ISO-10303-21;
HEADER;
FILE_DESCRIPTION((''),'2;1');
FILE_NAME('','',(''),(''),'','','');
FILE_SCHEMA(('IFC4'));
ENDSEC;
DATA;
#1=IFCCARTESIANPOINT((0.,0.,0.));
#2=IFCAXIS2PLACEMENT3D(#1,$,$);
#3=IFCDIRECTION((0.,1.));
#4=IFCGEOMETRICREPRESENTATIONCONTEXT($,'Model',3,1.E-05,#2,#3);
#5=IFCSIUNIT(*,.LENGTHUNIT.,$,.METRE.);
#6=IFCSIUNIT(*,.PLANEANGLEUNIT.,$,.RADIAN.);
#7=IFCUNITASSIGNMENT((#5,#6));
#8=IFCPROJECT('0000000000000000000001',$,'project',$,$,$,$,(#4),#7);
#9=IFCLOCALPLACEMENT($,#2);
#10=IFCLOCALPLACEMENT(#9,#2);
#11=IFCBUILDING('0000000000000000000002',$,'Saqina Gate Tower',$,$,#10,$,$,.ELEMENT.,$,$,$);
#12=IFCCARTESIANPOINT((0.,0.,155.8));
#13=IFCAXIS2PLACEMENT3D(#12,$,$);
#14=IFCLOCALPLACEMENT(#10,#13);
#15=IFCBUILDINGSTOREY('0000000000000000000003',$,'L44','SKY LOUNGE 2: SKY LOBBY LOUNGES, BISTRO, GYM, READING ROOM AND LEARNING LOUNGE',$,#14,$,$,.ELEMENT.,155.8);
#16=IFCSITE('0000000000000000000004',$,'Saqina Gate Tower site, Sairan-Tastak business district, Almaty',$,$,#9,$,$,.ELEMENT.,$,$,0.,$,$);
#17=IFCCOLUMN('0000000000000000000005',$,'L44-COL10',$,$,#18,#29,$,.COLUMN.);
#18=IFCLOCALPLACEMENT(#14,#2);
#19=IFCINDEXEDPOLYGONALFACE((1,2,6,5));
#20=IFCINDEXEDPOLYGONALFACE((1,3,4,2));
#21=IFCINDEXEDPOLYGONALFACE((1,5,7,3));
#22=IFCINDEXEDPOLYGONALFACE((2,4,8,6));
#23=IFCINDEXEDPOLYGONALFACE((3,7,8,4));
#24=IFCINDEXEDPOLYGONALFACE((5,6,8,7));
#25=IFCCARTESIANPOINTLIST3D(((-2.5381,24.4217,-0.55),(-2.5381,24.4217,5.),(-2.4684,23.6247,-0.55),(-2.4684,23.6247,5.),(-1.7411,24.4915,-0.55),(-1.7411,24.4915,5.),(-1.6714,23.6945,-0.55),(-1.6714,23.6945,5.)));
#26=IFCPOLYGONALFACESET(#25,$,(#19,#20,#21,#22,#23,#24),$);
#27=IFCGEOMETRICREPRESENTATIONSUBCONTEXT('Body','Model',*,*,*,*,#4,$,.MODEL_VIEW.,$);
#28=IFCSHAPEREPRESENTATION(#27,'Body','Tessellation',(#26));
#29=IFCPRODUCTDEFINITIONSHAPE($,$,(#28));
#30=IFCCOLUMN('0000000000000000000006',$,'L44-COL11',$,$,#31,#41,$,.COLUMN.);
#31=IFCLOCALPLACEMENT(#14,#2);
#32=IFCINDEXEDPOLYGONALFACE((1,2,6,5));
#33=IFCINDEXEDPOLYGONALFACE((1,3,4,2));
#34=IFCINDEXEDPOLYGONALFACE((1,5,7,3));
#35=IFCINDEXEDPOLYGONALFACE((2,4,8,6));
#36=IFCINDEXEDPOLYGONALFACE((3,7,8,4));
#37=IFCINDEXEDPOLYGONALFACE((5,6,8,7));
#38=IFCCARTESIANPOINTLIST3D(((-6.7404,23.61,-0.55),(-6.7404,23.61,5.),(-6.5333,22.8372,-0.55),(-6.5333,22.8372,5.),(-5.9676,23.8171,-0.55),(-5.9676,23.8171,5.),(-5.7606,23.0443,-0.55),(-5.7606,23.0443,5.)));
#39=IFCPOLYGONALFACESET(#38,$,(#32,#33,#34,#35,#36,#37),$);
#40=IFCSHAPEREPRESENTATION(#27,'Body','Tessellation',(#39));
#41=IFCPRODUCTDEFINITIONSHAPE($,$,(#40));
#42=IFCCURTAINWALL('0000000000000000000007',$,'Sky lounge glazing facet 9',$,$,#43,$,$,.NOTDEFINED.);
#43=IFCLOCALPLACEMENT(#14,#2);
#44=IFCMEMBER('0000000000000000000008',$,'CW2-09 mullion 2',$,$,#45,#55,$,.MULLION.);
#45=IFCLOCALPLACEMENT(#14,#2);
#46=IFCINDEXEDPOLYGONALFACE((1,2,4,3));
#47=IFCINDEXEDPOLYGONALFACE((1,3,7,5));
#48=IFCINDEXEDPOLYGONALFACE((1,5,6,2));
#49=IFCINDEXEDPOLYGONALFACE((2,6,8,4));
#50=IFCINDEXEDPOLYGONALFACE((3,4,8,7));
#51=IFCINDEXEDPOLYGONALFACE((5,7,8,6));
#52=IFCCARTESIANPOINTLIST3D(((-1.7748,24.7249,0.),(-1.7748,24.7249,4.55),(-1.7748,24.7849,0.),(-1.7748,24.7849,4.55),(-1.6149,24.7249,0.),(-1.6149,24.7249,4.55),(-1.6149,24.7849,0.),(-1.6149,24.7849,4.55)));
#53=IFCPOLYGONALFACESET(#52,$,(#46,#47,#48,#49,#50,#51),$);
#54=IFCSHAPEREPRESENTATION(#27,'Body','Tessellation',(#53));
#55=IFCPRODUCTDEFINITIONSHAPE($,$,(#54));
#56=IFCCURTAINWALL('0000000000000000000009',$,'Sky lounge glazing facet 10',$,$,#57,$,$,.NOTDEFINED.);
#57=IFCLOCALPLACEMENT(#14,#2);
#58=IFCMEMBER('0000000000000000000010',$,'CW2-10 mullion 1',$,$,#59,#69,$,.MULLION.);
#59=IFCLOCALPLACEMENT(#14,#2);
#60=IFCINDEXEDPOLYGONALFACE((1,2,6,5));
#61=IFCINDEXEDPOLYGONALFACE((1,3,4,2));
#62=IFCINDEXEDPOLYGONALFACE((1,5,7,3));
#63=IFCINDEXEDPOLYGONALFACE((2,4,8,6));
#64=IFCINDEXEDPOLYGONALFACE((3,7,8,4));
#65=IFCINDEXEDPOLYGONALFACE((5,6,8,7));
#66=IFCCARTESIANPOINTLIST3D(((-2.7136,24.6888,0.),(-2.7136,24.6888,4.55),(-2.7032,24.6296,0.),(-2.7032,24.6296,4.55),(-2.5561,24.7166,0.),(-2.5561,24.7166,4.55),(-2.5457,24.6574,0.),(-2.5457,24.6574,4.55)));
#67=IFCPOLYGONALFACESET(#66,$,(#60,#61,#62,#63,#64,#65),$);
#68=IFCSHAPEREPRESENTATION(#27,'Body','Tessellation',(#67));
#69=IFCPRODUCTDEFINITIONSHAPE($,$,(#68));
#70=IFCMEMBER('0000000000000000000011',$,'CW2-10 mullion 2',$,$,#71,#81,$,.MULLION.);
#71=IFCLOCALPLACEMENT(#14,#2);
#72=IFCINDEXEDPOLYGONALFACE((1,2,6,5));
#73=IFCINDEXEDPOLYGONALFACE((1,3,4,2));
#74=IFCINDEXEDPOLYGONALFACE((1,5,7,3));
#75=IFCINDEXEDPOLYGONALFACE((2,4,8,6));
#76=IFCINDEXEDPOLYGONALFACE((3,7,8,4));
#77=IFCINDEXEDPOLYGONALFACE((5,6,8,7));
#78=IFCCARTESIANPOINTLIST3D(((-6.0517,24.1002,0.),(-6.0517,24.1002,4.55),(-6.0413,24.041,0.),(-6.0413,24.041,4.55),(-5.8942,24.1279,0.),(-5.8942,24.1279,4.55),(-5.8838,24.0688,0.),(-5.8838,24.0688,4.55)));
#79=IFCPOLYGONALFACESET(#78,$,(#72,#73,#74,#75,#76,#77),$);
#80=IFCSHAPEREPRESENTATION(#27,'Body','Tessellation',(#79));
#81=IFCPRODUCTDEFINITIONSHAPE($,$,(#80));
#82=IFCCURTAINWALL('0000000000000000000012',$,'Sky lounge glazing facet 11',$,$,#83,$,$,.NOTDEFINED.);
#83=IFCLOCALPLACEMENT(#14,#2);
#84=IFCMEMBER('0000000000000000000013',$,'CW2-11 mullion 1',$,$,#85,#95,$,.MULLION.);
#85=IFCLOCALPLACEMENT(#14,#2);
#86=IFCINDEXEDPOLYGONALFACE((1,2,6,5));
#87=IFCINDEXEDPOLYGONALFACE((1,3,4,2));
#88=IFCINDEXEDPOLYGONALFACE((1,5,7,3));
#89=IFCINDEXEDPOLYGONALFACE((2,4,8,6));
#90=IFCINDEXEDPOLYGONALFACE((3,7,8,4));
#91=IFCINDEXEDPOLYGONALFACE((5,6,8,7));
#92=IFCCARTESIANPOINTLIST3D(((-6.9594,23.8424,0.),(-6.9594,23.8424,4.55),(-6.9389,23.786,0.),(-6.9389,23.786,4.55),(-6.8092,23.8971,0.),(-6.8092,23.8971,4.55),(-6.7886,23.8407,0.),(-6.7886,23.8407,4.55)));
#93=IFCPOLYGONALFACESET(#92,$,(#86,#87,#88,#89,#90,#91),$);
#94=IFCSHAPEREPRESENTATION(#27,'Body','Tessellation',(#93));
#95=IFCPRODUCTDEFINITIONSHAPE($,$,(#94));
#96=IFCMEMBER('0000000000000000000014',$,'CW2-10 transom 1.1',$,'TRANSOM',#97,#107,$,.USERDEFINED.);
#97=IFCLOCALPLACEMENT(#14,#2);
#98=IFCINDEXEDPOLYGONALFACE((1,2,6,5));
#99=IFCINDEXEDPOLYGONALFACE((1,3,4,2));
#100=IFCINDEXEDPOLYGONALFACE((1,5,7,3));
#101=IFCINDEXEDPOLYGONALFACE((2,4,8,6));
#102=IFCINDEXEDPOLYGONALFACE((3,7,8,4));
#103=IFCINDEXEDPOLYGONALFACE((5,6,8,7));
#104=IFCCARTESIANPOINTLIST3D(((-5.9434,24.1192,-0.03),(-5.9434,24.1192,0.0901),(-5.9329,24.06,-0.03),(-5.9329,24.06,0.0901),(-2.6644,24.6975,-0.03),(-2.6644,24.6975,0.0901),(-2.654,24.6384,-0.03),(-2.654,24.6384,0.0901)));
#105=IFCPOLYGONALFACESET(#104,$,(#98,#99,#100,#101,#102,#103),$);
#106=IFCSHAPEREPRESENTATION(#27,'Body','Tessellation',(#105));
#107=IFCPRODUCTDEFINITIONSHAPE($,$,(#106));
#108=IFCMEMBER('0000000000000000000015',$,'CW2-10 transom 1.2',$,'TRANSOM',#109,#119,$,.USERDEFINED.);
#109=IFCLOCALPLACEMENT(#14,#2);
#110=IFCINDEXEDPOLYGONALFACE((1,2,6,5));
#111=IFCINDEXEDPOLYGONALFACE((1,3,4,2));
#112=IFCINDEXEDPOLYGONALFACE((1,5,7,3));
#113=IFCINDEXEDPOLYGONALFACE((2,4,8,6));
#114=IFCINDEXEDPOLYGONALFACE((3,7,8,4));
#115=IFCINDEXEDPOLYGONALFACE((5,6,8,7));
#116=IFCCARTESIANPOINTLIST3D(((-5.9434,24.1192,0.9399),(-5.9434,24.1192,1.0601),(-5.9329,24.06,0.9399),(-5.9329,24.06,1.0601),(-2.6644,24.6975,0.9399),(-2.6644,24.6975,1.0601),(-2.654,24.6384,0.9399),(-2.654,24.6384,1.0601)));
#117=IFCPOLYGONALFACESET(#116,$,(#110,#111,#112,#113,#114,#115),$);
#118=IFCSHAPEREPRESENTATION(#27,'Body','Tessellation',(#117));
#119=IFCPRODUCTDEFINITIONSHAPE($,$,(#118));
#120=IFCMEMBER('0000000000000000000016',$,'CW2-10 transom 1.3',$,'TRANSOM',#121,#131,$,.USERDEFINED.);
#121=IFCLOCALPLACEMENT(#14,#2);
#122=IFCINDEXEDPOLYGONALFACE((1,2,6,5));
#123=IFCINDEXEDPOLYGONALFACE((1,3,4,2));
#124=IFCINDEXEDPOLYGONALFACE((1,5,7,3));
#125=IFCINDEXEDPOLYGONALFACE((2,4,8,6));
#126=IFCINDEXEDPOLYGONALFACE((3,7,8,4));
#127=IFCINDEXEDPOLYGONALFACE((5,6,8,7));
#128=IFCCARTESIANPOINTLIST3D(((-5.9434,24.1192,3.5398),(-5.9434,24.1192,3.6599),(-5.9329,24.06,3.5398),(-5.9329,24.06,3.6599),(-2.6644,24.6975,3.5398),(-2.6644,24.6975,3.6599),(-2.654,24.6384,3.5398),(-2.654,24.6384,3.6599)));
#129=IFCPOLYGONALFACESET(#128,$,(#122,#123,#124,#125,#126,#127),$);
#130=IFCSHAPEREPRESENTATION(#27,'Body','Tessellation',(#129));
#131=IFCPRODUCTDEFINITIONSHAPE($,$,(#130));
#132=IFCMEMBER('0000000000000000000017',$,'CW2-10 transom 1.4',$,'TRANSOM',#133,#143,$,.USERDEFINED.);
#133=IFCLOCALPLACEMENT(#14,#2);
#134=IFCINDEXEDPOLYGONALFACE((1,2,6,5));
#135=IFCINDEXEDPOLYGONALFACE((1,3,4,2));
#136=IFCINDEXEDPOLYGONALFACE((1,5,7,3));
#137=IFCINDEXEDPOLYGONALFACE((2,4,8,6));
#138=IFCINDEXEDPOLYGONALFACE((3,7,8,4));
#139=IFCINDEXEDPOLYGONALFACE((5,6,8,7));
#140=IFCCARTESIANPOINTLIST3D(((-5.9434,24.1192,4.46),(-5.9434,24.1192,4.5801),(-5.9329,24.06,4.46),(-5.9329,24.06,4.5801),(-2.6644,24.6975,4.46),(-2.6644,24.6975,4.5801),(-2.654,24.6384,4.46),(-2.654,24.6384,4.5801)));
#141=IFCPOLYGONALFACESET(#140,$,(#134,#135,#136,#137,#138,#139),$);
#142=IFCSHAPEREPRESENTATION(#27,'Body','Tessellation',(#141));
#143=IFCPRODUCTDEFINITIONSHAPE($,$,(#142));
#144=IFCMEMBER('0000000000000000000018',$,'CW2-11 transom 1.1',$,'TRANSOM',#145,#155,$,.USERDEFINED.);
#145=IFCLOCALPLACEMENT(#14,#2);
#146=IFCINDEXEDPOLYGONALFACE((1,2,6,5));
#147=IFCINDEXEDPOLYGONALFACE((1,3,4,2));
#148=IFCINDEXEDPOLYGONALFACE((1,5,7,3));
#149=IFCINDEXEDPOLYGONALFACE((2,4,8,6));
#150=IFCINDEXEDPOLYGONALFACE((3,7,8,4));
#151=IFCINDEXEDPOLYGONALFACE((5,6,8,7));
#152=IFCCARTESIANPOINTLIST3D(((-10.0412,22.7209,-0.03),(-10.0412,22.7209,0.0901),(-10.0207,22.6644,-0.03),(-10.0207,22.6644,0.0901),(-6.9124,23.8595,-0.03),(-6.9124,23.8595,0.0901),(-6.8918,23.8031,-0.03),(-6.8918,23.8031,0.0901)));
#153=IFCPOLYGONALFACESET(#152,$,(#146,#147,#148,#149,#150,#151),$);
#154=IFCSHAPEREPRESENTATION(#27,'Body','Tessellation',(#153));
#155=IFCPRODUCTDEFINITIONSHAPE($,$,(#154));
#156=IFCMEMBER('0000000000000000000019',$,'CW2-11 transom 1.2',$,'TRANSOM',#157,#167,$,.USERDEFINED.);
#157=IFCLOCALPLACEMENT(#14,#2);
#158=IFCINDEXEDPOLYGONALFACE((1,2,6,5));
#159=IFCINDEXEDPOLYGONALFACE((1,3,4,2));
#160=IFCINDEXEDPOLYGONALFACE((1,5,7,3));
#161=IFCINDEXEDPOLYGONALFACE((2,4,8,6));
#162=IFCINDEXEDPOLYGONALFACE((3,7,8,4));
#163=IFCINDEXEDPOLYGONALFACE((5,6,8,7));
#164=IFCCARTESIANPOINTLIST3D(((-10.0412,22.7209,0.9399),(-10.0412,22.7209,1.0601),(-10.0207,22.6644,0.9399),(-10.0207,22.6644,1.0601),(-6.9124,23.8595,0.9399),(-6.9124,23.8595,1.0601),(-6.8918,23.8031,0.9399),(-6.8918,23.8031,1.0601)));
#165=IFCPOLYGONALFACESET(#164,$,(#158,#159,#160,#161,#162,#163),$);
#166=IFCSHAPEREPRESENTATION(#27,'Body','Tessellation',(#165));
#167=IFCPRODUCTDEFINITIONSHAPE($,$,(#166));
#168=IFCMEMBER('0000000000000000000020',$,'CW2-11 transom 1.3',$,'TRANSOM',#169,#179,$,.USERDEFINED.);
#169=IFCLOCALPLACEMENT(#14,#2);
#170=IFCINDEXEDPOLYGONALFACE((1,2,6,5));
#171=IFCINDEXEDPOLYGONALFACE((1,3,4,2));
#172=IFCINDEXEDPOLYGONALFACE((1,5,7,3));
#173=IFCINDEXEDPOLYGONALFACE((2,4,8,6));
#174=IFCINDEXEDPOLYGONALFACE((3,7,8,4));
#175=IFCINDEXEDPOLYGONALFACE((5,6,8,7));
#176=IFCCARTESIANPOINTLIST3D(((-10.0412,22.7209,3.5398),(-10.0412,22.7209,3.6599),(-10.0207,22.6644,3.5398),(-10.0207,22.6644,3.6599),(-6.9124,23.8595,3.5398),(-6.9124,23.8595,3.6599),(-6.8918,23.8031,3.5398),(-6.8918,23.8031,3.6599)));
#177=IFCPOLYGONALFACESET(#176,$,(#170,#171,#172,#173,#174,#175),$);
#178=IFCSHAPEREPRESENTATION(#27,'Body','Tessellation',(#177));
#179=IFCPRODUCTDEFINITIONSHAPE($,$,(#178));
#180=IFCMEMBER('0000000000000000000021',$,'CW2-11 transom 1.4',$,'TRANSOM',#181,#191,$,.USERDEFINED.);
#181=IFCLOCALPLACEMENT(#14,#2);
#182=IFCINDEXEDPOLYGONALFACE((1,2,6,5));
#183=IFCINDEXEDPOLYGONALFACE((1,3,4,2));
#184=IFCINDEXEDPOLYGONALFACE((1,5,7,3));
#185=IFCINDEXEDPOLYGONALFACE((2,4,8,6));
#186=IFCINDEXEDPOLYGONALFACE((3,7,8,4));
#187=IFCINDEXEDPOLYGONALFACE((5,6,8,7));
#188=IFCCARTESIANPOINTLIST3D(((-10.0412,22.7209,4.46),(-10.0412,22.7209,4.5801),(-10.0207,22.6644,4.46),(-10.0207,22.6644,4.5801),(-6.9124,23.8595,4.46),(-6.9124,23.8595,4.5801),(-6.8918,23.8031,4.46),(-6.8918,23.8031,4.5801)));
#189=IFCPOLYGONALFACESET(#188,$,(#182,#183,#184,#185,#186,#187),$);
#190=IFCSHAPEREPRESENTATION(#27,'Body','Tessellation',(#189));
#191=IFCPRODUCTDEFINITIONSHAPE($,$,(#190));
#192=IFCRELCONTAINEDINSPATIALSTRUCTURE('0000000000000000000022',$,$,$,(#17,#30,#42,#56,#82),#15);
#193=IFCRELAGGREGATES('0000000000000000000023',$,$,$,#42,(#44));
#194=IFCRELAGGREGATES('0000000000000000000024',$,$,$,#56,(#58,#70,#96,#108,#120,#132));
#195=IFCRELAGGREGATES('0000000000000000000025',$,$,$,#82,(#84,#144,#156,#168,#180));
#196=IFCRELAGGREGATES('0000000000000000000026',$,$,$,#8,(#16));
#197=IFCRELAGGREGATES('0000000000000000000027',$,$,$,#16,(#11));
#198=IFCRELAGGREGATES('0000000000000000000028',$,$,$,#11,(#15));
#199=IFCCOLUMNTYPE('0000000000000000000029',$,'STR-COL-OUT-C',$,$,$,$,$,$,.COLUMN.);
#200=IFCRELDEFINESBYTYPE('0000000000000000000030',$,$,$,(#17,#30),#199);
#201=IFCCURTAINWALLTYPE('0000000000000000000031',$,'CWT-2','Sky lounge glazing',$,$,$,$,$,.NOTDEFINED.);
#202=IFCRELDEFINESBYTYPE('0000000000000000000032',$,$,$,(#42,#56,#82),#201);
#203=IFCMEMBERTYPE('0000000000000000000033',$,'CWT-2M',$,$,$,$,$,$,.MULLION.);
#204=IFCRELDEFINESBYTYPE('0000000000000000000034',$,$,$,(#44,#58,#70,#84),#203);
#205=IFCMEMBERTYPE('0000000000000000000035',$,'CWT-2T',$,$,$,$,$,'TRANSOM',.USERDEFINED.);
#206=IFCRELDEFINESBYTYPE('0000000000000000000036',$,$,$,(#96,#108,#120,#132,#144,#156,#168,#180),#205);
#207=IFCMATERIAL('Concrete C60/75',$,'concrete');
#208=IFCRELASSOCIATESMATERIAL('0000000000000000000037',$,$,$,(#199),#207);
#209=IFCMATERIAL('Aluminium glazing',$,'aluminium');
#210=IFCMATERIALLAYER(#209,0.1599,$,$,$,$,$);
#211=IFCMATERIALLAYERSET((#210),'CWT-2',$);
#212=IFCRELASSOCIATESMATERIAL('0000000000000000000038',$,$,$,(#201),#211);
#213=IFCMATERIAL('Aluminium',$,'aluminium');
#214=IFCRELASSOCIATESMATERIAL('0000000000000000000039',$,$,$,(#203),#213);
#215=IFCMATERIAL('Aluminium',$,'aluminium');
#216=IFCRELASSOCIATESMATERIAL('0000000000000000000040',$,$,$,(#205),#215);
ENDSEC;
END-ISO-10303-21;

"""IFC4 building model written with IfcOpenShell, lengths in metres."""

from ifc_helpers import new_model, si_unit, direction, frame, origin, origin_2d, place, context, subcontext, project, spatial, rectangle, extrude, material, layer, layer_set, material_profile, profile_set, type_object, element, aggregate, save


model = new_model("IFC4")

# Units and contexts
model_context = context("Model", 3, precision=1e-05, world=origin(), true_north=direction((0.0, 1.0)))
body_context = subcontext(model_context, "Body", "Model", "MODEL_VIEW")
ifc_project = project(units=[si_unit("LENGTHUNIT", "METRE"), si_unit("PLANEANGLEUNIT", "RADIAN")], contexts=[model_context])

# Site, building, storey
site_placement = place(None, origin())
site = spatial("IfcSite", under=ifc_project, at=site_placement, Name="Saqina Gate Tower site, Sairan-Tastak business district, Almaty", CompositionType="ELEMENT", RefElevation=0.0)
building_placement = place(site_placement, origin())
building = spatial("IfcBuilding", under=site, at=building_placement, Name="Saqina Gate Tower", CompositionType="ELEMENT")
storey_placement = place(building_placement, frame((0.0, 0.0, 155.8)))
storey = spatial("IfcBuildingStorey", under=building, at=storey_placement, Name="L44", Description="SKY LOUNGE 2: SKY LOBBY LOUNGES, BISTRO, GYM, READING ROOM AND LEARNING LOUNGE", CompositionType="ELEMENT", Elevation=155.8)

# Columns
ifc_material_1 = material(Name="Concrete C60/75", Category="concrete")
ifc_material_profile_1 = material_profile(ifc_material_1, rectangle(XDim=0.8, YDim=0.8, at=origin_2d()), Name="RC 800x800")
ifc_profile_set_1 = profile_set([ifc_material_profile_1], Name="Concrete C60/75")
column_type = type_object("IfcColumnType", Name="STR-COL-OUT-C", PredefinedType="COLUMN", material=ifc_profile_set_1)
for number, where, z_axis, x_axis, name in (
    (1, (-2.1047, 24.0581, -0.55), (0.0, 0.0, 1.0), (-0.087156, 0.996195, 0.0), "L44-COL10"),
    (2, (-6.2505, 23.3271, -0.55), (0.0, 0.0, 1.0), (-0.258819, 0.965926, 0.0), "L44-COL11"),
):
    element("IfcColumn", number, at=place(storey_placement, frame(where, z_axis=z_axis, x_axis=x_axis)), inside=storey, type_object=column_type, Name=name, PredefinedType="COLUMN", context=body_context, shape_type="SweptSolid", body=[
        extrude(rectangle(XDim=0.8, YDim=0.8, at=origin_2d()), origin(), (0.0, 0.0, 1.0), 5.55),
    ])

# Curtain wall, member
ifc_material_2 = material(Name="Aluminium glazing", Category="aluminium")
ifc_layer_1 = layer(ifc_material_2, 0.1599)
ifc_layer_set_1 = layer_set([ifc_layer_1], Name="CWT-2")
curtain_wall_type = type_object("IfcCurtainWallType", Name="CWT-2", Description="Sky lounge glazing", PredefinedType="NOTDEFINED", material=ifc_layer_set_1)
curtain_wall_1_placement = place(storey_placement, origin())
curtain_wall_1 = element("IfcCurtainWall", 3, at=curtain_wall_1_placement, inside=storey, type_object=curtain_wall_type, Name="Sky lounge glazing facet 9", PredefinedType="NOTDEFINED")
ifc_material_3 = material(Name="Aluminium", Category="aluminium")
ifc_material_profile_2 = material_profile(ifc_material_3, rectangle(XDim=0.0601, YDim=0.1599, at=origin_2d()), Name="Aluminium 60x160")
ifc_profile_set_2 = profile_set([ifc_material_profile_2], Name="Aluminium")
member_type_1 = type_object("IfcMemberType", Name="CWT-2M", PredefinedType="MULLION", material=ifc_profile_set_2)
member_1_placement = place(storey_placement, frame((-1.6948, 24.7549, 0.0), z_axis=(0.0, 0.0, 1.0), x_axis=(0.0, -1.0, 0.0)))
member_1 = element("IfcMember", 4, at=member_1_placement, type_object=member_type_1, Name="CW2-09 mullion 2", PredefinedType="MULLION", context=body_context, shape_type="SweptSolid", body=[
    extrude(rectangle(XDim=0.0601, YDim=0.1599, at=origin_2d()), origin(), (0.0, 0.0, 1.0), 4.55),
])
aggregate(curtain_wall_1, [member_1])

# Curtain wall, members
curtain_wall_2_placement = place(storey_placement, origin())
curtain_wall_2 = element("IfcCurtainWall", 5, at=curtain_wall_2_placement, inside=storey, type_object=curtain_wall_type, Name="Sky lounge glazing facet 10", PredefinedType="NOTDEFINED")
member_2_placement = place(storey_placement, frame((-2.6296, 24.6731, 0.0), z_axis=(0.0, 0.0, 1.0), x_axis=(0.173638, -0.98481, 0.0)))
member_2 = element("IfcMember", 6, at=member_2_placement, type_object=member_type_1, Name="CW2-10 mullion 1", PredefinedType="MULLION", context=body_context, shape_type="SweptSolid", body=[
    extrude(rectangle(XDim=0.0601, YDim=0.1599, at=origin_2d()), origin(), (0.0, 0.0, 1.0), 4.55),
])
member_3_placement = place(storey_placement, frame((-5.9678, 24.0845, 0.0), z_axis=(0.0, 0.0, 1.0), x_axis=(0.173638, -0.98481, 0.0)))
member_3 = element("IfcMember", 7, at=member_3_placement, type_object=member_type_1, Name="CW2-10 mullion 2", PredefinedType="MULLION", context=body_context, shape_type="SweptSolid", body=[
    extrude(rectangle(XDim=0.0601, YDim=0.1599, at=origin_2d()), origin(), (0.0, 0.0, 1.0), 4.55),
])

# Curtain wall, member
curtain_wall_3_placement = place(storey_placement, origin())
curtain_wall_3 = element("IfcCurtainWall", 8, at=curtain_wall_3_placement, inside=storey, type_object=curtain_wall_type, Name="Sky lounge glazing facet 11", PredefinedType="NOTDEFINED")
member_4_placement = place(storey_placement, frame((-6.874, 23.8416, 0.0), z_axis=(0.0, 0.0, 1.0), x_axis=(0.342025, -0.939691, 0.0)))
member_4 = element("IfcMember", 9, at=member_4_placement, type_object=member_type_1, Name="CW2-11 mullion 1", PredefinedType="MULLION", context=body_context, shape_type="SweptSolid", body=[
    extrude(rectangle(XDim=0.0601, YDim=0.1599, at=origin_2d()), origin(), (0.0, 0.0, 1.0), 4.55),
])

# Members
ifc_material_4 = material(Name="Aluminium", Category="aluminium")
ifc_material_profile_3 = material_profile(ifc_material_4, rectangle(XDim=0.0601, YDim=0.1201, at=origin_2d()), Name="Aluminium 60x120")
ifc_profile_set_3 = profile_set([ifc_material_profile_3], Name="Aluminium")
member_type_2 = type_object("IfcMemberType", Name="CWT-2T", ElementType="TRANSOM", PredefinedType="USERDEFINED", material=ifc_profile_set_3)
member_5_placement = place(storey_placement, frame((-2.6592, 24.668, 0.03), z_axis=(-0.984798, -0.173702, 0.0), x_axis=(0.173702, -0.984798, 0.0)))
member_5 = element("IfcMember", 10, at=member_5_placement, type_object=member_type_2, Name="CW2-10 transom 1.1", ObjectType="TRANSOM", PredefinedType="USERDEFINED", context=body_context, shape_type="SweptSolid", body=[
    extrude(rectangle(XDim=0.0601, YDim=0.1201, at=origin_2d()), origin(), (0.0, 0.0, 1.0), 3.3296),
])
member_6_placement = place(storey_placement, frame((-2.6592, 24.668, 1.0), z_axis=(-0.984798, -0.173702, 0.0), x_axis=(0.173702, -0.984798, 0.0)))
member_6 = element("IfcMember", 11, at=member_6_placement, type_object=member_type_2, Name="CW2-10 transom 1.2", ObjectType="TRANSOM", PredefinedType="USERDEFINED", context=body_context, shape_type="SweptSolid", body=[
    extrude(rectangle(XDim=0.0601, YDim=0.1201, at=origin_2d()), origin(), (0.0, 0.0, 1.0), 3.3296),
])
member_7_placement = place(storey_placement, frame((-2.6592, 24.668, 3.5999), z_axis=(-0.984798, -0.173702, 0.0), x_axis=(0.173702, -0.984798, 0.0)))
member_7 = element("IfcMember", 12, at=member_7_placement, type_object=member_type_2, Name="CW2-10 transom 1.3", ObjectType="TRANSOM", PredefinedType="USERDEFINED", context=body_context, shape_type="SweptSolid", body=[
    extrude(rectangle(XDim=0.0601, YDim=0.1201, at=origin_2d()), origin(), (0.0, 0.0, 1.0), 3.3296),
])
member_8_placement = place(storey_placement, frame((-2.6592, 24.668, 4.52), z_axis=(-0.984798, -0.173702, 0.0), x_axis=(0.173702, -0.984798, 0.0)))
member_8 = element("IfcMember", 13, at=member_8_placement, type_object=member_type_2, Name="CW2-10 transom 1.4", ObjectType="TRANSOM", PredefinedType="USERDEFINED", context=body_context, shape_type="SweptSolid", body=[
    extrude(rectangle(XDim=0.0601, YDim=0.1201, at=origin_2d()), origin(), (0.0, 0.0, 1.0), 3.3296),
])
member_9_placement = place(storey_placement, frame((-6.9021, 23.8313, 0.03), z_axis=(-0.939708, -0.341979, 0.0), x_axis=(0.341979, -0.939708, 0.0)))
member_9 = element("IfcMember", 14, at=member_9_placement, type_object=member_type_2, Name="CW2-11 transom 1.1", ObjectType="TRANSOM", PredefinedType="USERDEFINED", context=body_context, shape_type="SweptSolid", body=[
    extrude(rectangle(XDim=0.0601, YDim=0.1201, at=origin_2d()), origin(), (0.0, 0.0, 1.0), 3.3296),
])
member_10_placement = place(storey_placement, frame((-6.9021, 23.8313, 1.0), z_axis=(-0.939708, -0.341979, 0.0), x_axis=(0.341979, -0.939708, 0.0)))
member_10 = element("IfcMember", 15, at=member_10_placement, type_object=member_type_2, Name="CW2-11 transom 1.2", ObjectType="TRANSOM", PredefinedType="USERDEFINED", context=body_context, shape_type="SweptSolid", body=[
    extrude(rectangle(XDim=0.0601, YDim=0.1201, at=origin_2d()), origin(), (0.0, 0.0, 1.0), 3.3296),
])
member_11_placement = place(storey_placement, frame((-6.9021, 23.8313, 3.5999), z_axis=(-0.939708, -0.341979, 0.0), x_axis=(0.341979, -0.939708, 0.0)))
member_11 = element("IfcMember", 16, at=member_11_placement, type_object=member_type_2, Name="CW2-11 transom 1.3", ObjectType="TRANSOM", PredefinedType="USERDEFINED", context=body_context, shape_type="SweptSolid", body=[
    extrude(rectangle(XDim=0.0601, YDim=0.1201, at=origin_2d()), origin(), (0.0, 0.0, 1.0), 3.3296),
])
member_12_placement = place(storey_placement, frame((-6.9021, 23.8313, 4.52), z_axis=(-0.939708, -0.341979, 0.0), x_axis=(0.341979, -0.939708, 0.0)))
member_12 = element("IfcMember", 17, at=member_12_placement, type_object=member_type_2, Name="CW2-11 transom 1.4", ObjectType="TRANSOM", PredefinedType="USERDEFINED", context=body_context, shape_type="SweptSolid", body=[
    extrude(rectangle(XDim=0.0601, YDim=0.1201, at=origin_2d()), origin(), (0.0, 0.0, 1.0), 3.3296),
])

aggregate(curtain_wall_2, [member_2, member_3, member_5, member_6, member_7, member_8])
aggregate(curtain_wall_3, [member_4, member_9, member_10, member_11, member_12])

save(model, "model.ifc")
